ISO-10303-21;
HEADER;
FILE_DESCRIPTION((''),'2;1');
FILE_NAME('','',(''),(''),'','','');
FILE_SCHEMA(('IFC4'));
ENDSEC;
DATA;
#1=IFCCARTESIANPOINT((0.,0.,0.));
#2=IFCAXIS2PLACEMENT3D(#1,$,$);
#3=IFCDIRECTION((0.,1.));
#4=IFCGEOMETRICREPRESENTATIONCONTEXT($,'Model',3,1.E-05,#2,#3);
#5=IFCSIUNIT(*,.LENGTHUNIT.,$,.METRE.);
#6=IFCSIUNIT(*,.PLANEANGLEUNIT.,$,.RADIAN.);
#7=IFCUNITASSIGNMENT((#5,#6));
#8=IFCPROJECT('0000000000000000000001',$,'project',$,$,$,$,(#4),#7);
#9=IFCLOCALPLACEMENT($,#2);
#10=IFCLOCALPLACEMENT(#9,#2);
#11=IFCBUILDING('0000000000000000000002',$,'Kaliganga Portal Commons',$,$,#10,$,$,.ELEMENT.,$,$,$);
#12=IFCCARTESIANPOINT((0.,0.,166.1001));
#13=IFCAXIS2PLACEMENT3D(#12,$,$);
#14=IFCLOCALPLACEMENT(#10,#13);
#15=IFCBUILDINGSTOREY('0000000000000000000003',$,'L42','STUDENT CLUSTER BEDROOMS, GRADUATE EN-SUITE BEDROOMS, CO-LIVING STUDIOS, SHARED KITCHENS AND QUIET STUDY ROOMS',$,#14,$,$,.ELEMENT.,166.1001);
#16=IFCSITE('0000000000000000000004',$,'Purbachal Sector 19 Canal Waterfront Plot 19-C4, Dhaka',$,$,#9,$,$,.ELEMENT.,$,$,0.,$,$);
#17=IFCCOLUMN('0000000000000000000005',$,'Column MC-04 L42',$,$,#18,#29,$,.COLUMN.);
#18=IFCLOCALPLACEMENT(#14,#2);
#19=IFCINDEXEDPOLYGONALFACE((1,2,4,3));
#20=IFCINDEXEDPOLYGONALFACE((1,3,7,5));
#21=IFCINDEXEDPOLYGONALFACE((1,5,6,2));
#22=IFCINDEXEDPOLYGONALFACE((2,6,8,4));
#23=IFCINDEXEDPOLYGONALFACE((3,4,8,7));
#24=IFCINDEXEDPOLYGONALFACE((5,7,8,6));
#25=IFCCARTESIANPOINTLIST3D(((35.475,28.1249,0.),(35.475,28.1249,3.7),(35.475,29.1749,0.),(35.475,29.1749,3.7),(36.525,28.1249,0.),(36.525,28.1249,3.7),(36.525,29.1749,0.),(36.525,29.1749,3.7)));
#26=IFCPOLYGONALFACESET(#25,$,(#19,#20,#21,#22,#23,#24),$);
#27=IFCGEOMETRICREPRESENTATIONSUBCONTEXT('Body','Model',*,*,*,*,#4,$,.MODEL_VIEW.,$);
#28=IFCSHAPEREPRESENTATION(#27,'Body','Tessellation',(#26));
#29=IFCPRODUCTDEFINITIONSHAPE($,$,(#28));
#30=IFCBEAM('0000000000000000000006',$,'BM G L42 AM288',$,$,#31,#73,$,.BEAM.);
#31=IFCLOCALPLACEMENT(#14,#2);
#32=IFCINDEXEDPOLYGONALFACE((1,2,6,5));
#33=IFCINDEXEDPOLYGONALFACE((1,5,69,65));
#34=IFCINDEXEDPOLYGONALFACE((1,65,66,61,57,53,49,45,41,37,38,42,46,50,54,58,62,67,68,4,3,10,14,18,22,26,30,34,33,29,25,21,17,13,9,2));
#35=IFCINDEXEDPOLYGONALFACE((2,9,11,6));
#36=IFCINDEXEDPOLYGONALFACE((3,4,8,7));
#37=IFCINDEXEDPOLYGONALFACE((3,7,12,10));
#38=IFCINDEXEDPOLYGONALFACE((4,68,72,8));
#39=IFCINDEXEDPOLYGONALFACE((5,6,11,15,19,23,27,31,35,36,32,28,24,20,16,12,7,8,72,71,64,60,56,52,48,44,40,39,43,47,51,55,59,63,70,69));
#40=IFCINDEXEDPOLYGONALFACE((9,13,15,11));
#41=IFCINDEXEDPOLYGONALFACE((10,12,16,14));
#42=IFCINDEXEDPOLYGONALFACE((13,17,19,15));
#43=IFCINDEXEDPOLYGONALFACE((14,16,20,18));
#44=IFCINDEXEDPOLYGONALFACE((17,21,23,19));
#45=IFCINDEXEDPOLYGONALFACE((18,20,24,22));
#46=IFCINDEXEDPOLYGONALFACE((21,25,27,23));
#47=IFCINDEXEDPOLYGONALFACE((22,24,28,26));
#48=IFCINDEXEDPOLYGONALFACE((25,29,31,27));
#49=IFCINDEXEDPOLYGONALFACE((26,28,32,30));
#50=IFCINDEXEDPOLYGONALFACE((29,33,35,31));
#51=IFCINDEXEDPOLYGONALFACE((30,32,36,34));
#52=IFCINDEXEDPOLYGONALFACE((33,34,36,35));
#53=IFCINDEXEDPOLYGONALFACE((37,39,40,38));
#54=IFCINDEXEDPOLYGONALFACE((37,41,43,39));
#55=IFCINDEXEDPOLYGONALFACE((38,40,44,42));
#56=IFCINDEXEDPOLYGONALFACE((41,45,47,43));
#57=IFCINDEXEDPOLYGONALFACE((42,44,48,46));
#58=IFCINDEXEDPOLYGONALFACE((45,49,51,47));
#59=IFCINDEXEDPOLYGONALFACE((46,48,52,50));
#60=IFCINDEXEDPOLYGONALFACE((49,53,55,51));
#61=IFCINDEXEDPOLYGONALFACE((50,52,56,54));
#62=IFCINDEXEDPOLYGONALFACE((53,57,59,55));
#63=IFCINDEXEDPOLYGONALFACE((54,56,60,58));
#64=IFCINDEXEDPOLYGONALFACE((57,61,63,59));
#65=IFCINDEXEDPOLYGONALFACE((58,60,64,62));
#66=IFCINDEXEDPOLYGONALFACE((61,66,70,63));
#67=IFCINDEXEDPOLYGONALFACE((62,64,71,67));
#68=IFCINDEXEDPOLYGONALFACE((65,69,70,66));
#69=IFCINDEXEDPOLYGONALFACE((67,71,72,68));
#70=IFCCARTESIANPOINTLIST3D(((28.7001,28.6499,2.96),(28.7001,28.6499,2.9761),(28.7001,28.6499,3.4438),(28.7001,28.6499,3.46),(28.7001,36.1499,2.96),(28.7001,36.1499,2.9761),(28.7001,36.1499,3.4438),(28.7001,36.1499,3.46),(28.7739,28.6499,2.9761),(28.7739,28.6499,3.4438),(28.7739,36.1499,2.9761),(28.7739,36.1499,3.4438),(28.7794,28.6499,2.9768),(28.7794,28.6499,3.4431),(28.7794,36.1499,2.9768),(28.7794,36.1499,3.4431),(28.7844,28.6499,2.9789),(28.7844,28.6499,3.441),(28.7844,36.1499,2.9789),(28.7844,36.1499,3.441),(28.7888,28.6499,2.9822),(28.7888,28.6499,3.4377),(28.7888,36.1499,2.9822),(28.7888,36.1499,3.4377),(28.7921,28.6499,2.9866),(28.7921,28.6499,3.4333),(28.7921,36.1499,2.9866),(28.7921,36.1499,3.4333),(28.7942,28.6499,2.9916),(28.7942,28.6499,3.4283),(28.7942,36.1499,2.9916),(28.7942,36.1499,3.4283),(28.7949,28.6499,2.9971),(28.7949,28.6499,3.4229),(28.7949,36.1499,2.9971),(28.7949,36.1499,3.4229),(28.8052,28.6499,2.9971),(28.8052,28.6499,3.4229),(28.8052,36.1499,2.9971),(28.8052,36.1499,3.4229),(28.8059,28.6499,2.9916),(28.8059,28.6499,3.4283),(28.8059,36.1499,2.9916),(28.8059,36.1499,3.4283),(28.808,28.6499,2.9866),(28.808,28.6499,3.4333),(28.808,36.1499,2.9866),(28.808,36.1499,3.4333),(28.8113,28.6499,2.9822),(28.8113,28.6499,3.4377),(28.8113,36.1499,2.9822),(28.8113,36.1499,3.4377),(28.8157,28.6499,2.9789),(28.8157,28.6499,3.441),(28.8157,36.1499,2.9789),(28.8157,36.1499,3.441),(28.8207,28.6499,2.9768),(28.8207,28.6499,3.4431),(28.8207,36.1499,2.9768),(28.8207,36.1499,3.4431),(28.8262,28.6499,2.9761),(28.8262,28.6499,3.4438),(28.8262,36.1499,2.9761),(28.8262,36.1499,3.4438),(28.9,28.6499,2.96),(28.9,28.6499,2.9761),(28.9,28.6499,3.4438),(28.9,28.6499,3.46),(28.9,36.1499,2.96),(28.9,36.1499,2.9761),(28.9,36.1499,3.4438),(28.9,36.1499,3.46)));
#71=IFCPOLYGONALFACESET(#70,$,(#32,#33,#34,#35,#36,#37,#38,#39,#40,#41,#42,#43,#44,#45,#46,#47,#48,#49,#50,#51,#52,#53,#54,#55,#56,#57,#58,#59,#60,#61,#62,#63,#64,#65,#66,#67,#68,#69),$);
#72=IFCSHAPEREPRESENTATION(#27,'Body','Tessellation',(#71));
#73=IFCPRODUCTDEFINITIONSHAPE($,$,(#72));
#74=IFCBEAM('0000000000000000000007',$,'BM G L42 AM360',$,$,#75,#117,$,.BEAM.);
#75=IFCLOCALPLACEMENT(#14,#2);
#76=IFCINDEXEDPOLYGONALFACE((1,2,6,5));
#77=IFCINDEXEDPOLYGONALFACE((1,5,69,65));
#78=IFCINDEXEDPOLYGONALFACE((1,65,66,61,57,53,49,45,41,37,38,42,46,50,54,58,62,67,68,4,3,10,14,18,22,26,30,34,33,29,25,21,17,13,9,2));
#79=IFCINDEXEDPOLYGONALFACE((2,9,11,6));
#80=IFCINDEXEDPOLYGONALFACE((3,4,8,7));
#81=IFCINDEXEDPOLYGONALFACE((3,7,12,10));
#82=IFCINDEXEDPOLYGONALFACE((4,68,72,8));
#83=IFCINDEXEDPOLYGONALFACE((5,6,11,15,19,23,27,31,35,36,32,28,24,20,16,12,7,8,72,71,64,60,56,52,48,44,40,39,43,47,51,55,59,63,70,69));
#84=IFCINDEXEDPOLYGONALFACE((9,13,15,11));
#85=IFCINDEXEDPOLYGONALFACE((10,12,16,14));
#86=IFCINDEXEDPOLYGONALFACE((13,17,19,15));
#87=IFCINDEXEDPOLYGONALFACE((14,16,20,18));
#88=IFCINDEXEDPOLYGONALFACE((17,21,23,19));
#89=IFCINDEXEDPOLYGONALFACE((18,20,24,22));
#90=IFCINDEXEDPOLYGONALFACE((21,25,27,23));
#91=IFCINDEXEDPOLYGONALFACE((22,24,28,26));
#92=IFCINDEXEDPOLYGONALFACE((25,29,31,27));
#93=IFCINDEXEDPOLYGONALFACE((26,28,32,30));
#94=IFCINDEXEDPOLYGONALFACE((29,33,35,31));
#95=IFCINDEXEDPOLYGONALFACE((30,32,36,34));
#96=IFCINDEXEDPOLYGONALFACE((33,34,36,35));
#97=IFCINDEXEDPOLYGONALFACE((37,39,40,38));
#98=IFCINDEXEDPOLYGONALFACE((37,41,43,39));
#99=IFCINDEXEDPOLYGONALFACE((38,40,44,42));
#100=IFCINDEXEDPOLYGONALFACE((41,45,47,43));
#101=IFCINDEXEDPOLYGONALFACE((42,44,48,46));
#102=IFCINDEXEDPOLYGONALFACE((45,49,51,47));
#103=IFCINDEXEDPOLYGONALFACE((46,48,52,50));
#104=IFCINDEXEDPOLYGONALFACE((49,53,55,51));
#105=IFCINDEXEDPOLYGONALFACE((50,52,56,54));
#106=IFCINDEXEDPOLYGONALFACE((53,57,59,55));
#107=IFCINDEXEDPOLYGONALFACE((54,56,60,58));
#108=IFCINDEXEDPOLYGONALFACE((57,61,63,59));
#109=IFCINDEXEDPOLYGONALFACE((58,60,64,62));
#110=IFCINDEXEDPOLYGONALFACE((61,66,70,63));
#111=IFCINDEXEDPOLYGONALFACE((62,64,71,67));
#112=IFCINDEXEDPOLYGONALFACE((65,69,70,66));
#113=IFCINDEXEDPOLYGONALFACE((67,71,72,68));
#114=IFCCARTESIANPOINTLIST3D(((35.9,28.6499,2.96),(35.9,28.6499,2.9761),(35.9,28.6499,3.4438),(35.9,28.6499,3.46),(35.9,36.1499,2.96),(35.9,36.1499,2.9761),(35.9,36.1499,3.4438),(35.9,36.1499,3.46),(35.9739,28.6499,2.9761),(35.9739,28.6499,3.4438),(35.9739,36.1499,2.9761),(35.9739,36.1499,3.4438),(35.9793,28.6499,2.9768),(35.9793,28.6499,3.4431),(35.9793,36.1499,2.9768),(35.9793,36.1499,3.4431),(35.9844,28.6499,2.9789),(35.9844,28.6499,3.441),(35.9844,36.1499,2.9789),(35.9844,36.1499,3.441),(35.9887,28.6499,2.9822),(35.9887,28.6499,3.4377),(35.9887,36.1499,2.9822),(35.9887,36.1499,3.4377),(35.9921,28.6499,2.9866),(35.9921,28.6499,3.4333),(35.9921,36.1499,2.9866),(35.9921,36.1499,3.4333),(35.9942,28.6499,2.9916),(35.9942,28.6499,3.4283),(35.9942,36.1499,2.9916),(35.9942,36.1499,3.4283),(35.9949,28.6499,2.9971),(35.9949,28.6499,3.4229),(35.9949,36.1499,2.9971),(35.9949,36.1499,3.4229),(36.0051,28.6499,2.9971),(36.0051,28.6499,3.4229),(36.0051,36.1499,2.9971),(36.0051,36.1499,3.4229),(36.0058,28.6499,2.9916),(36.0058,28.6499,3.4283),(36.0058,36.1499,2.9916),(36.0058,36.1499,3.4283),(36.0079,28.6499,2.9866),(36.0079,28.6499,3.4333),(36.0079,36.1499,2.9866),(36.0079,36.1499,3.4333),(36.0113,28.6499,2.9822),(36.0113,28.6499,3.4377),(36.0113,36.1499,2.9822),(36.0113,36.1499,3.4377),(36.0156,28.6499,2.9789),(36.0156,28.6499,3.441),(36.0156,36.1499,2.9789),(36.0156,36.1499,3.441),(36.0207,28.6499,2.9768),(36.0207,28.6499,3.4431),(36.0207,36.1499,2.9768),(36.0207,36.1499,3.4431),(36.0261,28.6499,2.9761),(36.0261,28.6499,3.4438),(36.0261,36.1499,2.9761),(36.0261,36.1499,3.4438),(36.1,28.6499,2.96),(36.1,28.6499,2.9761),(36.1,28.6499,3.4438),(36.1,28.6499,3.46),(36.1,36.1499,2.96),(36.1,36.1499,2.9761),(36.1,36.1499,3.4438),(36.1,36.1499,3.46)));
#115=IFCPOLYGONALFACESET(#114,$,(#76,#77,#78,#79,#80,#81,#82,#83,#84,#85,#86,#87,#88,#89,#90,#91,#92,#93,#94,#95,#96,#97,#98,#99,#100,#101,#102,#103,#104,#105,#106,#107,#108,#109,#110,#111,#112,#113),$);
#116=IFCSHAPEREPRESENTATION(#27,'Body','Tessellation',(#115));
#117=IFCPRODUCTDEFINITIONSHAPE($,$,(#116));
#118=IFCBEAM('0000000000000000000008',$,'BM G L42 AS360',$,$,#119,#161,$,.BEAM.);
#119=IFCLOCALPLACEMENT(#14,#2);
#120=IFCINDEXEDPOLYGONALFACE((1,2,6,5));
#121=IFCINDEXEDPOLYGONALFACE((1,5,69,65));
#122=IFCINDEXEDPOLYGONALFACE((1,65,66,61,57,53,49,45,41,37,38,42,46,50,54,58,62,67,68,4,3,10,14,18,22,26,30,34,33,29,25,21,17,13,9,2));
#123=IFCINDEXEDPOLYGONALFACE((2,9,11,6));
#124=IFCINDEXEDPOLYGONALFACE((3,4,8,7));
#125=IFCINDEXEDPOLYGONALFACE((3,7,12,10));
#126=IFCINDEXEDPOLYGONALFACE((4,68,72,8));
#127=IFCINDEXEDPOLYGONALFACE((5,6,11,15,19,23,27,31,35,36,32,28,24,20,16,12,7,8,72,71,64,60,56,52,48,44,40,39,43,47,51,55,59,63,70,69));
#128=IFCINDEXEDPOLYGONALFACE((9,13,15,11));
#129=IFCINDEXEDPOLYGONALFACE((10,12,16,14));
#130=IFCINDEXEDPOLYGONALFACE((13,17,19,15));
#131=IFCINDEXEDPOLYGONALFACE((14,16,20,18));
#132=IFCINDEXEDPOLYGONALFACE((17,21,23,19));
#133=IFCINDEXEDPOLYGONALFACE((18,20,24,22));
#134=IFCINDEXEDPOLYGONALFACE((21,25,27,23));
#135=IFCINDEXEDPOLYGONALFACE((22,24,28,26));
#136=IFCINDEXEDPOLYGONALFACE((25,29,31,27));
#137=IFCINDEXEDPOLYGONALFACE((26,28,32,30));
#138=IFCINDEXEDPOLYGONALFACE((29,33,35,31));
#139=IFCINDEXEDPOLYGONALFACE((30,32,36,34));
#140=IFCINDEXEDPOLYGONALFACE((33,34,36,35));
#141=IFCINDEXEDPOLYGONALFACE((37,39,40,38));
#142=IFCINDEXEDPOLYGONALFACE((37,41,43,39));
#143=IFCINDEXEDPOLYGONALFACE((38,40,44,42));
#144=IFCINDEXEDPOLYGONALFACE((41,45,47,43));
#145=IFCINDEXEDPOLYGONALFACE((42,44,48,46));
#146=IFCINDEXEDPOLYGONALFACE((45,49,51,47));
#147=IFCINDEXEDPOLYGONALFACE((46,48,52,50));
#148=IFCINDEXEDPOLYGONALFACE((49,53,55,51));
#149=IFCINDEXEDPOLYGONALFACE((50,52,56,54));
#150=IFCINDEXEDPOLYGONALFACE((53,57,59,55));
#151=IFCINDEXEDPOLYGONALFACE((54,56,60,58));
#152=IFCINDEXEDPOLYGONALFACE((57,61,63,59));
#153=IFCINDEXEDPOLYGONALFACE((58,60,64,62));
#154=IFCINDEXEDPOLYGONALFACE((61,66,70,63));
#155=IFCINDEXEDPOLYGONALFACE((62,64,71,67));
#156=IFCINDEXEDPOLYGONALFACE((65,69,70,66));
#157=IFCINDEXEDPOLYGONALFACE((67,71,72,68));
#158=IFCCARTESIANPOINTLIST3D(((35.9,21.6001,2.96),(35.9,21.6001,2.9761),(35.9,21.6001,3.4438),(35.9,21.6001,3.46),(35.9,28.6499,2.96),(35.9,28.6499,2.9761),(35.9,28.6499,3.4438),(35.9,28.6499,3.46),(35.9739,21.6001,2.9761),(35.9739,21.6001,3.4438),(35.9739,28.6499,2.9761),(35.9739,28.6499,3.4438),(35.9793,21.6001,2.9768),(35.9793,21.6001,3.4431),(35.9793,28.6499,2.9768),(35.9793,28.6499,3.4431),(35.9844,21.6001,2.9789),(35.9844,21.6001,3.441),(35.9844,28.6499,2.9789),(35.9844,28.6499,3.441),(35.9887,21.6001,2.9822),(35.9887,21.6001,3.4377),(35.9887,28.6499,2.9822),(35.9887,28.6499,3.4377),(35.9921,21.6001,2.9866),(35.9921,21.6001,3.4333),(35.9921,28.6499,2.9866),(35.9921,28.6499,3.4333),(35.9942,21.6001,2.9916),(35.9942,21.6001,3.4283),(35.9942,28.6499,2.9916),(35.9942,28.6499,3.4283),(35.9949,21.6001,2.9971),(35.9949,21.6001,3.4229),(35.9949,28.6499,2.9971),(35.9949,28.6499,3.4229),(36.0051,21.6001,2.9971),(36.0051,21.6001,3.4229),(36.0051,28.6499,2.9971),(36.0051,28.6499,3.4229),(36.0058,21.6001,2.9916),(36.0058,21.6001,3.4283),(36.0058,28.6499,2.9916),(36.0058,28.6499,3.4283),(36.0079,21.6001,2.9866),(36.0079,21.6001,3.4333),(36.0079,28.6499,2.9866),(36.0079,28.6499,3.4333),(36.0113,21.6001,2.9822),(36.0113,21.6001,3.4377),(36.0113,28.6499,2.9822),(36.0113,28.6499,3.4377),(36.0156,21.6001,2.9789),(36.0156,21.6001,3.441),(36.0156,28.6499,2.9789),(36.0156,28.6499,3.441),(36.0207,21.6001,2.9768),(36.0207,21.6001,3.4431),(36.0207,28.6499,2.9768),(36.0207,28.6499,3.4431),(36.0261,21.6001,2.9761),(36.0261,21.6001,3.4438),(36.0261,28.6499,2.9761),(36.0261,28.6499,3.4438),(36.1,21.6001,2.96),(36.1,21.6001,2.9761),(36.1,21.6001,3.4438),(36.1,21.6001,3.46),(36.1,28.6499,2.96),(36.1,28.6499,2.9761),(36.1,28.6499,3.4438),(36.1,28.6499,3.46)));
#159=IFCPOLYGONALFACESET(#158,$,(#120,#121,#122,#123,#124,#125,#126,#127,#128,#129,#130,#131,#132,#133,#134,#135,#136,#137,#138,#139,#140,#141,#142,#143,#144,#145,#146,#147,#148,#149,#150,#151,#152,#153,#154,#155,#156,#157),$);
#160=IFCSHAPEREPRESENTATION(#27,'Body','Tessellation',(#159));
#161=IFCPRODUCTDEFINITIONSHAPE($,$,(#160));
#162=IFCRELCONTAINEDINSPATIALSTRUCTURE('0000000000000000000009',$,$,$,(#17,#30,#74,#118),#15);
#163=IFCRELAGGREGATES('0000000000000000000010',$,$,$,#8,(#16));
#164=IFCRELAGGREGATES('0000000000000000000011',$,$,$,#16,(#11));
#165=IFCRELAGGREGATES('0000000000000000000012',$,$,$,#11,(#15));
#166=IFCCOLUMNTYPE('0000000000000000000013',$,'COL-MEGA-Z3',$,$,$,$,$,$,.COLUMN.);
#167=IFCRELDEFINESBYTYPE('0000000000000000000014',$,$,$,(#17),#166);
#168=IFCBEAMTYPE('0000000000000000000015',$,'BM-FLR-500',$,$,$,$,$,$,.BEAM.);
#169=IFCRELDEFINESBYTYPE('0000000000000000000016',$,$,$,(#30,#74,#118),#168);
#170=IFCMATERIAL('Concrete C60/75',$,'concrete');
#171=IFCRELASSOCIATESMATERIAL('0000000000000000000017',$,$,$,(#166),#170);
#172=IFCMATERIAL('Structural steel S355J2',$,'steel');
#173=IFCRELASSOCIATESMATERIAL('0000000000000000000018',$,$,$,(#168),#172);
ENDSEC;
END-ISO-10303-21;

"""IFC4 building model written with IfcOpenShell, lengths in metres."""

from ifc_helpers import new_model, si_unit, direction, frame, origin, origin_2d, place, context, subcontext, project, spatial, rectangle, i_section, extrude, source, transform, mapped, material, material_profile, profile_set, type_object, element, save


model = new_model("IFC4")

# Units and contexts
model_context = context("Model", 3, precision=1e-05, world=origin(), true_north=direction((0.0, 1.0)))
body_context = subcontext(model_context, "Body", "Model", "MODEL_VIEW")
ifc_project = project(units=[si_unit("LENGTHUNIT", "METRE"), si_unit("PLANEANGLEUNIT", "RADIAN")], contexts=[model_context])

# Site, building, storey
site_placement = place(None, origin())
site = spatial("IfcSite", under=ifc_project, at=site_placement, Name="Purbachal Sector 19 Canal Waterfront Plot 19-C4, Dhaka", CompositionType="ELEMENT", RefElevation=0.0)
building_placement = place(site_placement, origin())
building = spatial("IfcBuilding", under=site, at=building_placement, Name="Kaliganga Portal Commons", CompositionType="ELEMENT")
storey_placement = place(building_placement, frame((0.0, 0.0, 166.1001)))
storey = spatial("IfcBuildingStorey", under=building, at=storey_placement, Name="L42", Description="STUDENT CLUSTER BEDROOMS, GRADUATE EN-SUITE BEDROOMS, CO-LIVING STUDIOS, SHARED KITCHENS AND QUIET STUDY ROOMS", CompositionType="ELEMENT", Elevation=166.1001)

# Column
ifc_material_1 = material(Name="Concrete C60/75", Category="concrete")
ifc_material_profile_1 = material_profile(ifc_material_1, rectangle(XDim=1.05, YDim=1.05, at=origin_2d()), Name="RC 1050x1050")
ifc_profile_set_1 = profile_set([ifc_material_profile_1], Name="Concrete C60/75")
column_type = type_object("IfcColumnType", Name="COL-MEGA-Z3", PredefinedType="COLUMN", material=ifc_profile_set_1)
shared_shape_1 = source(origin(), body_context, "Body", "SweptSolid", [
    extrude(rectangle(XDim=1.05, YDim=1.05, at=origin_2d()), origin(), (0.0, 0.0, 1.0), 3.7),
])
column_placement = place(storey_placement, frame((36.0, 28.6499, 0.0), z_axis=(0.0, 0.0, 1.0), x_axis=(1.0, 0.0, 0.0)))
element("IfcColumn", 1, at=column_placement, inside=storey, type_object=column_type, Name="Column MC-04 L42", PredefinedType="COLUMN", context=body_context, shape_type="MappedRepresentation", body=[
    mapped(shared_shape_1, transform((0.0, 0.0, 0.0), x_axis=(1.0, 0.0, 0.0), y_axis=(0.0, 1.0, 0.0), z_axis=(0.0, 0.0, 1.0), scale=1.0)),
])

# Beams
ifc_material_2 = material(Name="Structural steel S355J2", Category="steel")
ifc_material_profile_2 = material_profile(ifc_material_2, i_section(OverallWidth=0.2, OverallDepth=0.5, WebThickness=0.0103, FlangeThickness=0.0161, FilletRadius=0.021, at=origin_2d()), Name="IPE 500")
ifc_profile_set_2 = profile_set([ifc_material_profile_2], Name="Structural steel S355J2 wide-flange")
beam_type_1 = type_object("IfcBeamType", Name="BM-FLR-500", PredefinedType="BEAM", material=ifc_profile_set_2)
shared_shape_2 = source(origin(), body_context, "Body", "SweptSolid", [
    extrude(i_section(OverallWidth=0.2, OverallDepth=0.5, WebThickness=0.0103, FlangeThickness=0.0161, FilletRadius=0.021, at=origin_2d()), origin(), (0.0, 0.0, 1.0), 7.5),
])
for number, where, z_axis, x_axis, name in (
    (2, (28.8, 28.6499, 3.21), (0.0, 1.0, 0.0), (-1.0, 0.0, 0.0), "BM G L42 AM288"),
    (3, (36.0, 28.6499, 3.21), (0.0, 1.0, 0.0), (-1.0, 0.0, 0.0), "BM G L42 AM360"),
):
    element("IfcBeam", number, at=place(storey_placement, frame(where, z_axis=z_axis, x_axis=x_axis)), inside=storey, type_object=beam_type_1, Name=name, PredefinedType="BEAM", context=body_context, shape_type="MappedRepresentation", body=[
        mapped(shared_shape_2, transform((0.0, 0.0, 0.0), x_axis=(1.0, 0.0, 0.0), y_axis=(0.0, 1.0, 0.0), z_axis=(0.0, 0.0, 1.0), scale=1.0)),
    ])
shared_shape_3 = source(origin(), body_context, "Body", "SweptSolid", [
    extrude(i_section(OverallWidth=0.2, OverallDepth=0.5, WebThickness=0.0103, FlangeThickness=0.0161, FilletRadius=0.021, at=origin_2d()), origin(), (0.0, 0.0, 1.0), 7.0498),
])
beam_1_placement = place(storey_placement, frame((36.0, 21.6001, 3.21), z_axis=(0.0, 1.0, 0.0), x_axis=(-1.0, 0.0, 0.0)))
element("IfcBeam", 4, at=beam_1_placement, inside=storey, type_object=beam_type_1, Name="BM G L42 AS360", PredefinedType="BEAM", context=body_context, shape_type="MappedRepresentation", body=[
    mapped(shared_shape_3, transform((0.0, 0.0, 0.0), x_axis=(1.0, 0.0, 0.0), y_axis=(0.0, 1.0, 0.0), z_axis=(0.0, 0.0, 1.0), scale=1.0)),
])

save(model, "model.ifc")
